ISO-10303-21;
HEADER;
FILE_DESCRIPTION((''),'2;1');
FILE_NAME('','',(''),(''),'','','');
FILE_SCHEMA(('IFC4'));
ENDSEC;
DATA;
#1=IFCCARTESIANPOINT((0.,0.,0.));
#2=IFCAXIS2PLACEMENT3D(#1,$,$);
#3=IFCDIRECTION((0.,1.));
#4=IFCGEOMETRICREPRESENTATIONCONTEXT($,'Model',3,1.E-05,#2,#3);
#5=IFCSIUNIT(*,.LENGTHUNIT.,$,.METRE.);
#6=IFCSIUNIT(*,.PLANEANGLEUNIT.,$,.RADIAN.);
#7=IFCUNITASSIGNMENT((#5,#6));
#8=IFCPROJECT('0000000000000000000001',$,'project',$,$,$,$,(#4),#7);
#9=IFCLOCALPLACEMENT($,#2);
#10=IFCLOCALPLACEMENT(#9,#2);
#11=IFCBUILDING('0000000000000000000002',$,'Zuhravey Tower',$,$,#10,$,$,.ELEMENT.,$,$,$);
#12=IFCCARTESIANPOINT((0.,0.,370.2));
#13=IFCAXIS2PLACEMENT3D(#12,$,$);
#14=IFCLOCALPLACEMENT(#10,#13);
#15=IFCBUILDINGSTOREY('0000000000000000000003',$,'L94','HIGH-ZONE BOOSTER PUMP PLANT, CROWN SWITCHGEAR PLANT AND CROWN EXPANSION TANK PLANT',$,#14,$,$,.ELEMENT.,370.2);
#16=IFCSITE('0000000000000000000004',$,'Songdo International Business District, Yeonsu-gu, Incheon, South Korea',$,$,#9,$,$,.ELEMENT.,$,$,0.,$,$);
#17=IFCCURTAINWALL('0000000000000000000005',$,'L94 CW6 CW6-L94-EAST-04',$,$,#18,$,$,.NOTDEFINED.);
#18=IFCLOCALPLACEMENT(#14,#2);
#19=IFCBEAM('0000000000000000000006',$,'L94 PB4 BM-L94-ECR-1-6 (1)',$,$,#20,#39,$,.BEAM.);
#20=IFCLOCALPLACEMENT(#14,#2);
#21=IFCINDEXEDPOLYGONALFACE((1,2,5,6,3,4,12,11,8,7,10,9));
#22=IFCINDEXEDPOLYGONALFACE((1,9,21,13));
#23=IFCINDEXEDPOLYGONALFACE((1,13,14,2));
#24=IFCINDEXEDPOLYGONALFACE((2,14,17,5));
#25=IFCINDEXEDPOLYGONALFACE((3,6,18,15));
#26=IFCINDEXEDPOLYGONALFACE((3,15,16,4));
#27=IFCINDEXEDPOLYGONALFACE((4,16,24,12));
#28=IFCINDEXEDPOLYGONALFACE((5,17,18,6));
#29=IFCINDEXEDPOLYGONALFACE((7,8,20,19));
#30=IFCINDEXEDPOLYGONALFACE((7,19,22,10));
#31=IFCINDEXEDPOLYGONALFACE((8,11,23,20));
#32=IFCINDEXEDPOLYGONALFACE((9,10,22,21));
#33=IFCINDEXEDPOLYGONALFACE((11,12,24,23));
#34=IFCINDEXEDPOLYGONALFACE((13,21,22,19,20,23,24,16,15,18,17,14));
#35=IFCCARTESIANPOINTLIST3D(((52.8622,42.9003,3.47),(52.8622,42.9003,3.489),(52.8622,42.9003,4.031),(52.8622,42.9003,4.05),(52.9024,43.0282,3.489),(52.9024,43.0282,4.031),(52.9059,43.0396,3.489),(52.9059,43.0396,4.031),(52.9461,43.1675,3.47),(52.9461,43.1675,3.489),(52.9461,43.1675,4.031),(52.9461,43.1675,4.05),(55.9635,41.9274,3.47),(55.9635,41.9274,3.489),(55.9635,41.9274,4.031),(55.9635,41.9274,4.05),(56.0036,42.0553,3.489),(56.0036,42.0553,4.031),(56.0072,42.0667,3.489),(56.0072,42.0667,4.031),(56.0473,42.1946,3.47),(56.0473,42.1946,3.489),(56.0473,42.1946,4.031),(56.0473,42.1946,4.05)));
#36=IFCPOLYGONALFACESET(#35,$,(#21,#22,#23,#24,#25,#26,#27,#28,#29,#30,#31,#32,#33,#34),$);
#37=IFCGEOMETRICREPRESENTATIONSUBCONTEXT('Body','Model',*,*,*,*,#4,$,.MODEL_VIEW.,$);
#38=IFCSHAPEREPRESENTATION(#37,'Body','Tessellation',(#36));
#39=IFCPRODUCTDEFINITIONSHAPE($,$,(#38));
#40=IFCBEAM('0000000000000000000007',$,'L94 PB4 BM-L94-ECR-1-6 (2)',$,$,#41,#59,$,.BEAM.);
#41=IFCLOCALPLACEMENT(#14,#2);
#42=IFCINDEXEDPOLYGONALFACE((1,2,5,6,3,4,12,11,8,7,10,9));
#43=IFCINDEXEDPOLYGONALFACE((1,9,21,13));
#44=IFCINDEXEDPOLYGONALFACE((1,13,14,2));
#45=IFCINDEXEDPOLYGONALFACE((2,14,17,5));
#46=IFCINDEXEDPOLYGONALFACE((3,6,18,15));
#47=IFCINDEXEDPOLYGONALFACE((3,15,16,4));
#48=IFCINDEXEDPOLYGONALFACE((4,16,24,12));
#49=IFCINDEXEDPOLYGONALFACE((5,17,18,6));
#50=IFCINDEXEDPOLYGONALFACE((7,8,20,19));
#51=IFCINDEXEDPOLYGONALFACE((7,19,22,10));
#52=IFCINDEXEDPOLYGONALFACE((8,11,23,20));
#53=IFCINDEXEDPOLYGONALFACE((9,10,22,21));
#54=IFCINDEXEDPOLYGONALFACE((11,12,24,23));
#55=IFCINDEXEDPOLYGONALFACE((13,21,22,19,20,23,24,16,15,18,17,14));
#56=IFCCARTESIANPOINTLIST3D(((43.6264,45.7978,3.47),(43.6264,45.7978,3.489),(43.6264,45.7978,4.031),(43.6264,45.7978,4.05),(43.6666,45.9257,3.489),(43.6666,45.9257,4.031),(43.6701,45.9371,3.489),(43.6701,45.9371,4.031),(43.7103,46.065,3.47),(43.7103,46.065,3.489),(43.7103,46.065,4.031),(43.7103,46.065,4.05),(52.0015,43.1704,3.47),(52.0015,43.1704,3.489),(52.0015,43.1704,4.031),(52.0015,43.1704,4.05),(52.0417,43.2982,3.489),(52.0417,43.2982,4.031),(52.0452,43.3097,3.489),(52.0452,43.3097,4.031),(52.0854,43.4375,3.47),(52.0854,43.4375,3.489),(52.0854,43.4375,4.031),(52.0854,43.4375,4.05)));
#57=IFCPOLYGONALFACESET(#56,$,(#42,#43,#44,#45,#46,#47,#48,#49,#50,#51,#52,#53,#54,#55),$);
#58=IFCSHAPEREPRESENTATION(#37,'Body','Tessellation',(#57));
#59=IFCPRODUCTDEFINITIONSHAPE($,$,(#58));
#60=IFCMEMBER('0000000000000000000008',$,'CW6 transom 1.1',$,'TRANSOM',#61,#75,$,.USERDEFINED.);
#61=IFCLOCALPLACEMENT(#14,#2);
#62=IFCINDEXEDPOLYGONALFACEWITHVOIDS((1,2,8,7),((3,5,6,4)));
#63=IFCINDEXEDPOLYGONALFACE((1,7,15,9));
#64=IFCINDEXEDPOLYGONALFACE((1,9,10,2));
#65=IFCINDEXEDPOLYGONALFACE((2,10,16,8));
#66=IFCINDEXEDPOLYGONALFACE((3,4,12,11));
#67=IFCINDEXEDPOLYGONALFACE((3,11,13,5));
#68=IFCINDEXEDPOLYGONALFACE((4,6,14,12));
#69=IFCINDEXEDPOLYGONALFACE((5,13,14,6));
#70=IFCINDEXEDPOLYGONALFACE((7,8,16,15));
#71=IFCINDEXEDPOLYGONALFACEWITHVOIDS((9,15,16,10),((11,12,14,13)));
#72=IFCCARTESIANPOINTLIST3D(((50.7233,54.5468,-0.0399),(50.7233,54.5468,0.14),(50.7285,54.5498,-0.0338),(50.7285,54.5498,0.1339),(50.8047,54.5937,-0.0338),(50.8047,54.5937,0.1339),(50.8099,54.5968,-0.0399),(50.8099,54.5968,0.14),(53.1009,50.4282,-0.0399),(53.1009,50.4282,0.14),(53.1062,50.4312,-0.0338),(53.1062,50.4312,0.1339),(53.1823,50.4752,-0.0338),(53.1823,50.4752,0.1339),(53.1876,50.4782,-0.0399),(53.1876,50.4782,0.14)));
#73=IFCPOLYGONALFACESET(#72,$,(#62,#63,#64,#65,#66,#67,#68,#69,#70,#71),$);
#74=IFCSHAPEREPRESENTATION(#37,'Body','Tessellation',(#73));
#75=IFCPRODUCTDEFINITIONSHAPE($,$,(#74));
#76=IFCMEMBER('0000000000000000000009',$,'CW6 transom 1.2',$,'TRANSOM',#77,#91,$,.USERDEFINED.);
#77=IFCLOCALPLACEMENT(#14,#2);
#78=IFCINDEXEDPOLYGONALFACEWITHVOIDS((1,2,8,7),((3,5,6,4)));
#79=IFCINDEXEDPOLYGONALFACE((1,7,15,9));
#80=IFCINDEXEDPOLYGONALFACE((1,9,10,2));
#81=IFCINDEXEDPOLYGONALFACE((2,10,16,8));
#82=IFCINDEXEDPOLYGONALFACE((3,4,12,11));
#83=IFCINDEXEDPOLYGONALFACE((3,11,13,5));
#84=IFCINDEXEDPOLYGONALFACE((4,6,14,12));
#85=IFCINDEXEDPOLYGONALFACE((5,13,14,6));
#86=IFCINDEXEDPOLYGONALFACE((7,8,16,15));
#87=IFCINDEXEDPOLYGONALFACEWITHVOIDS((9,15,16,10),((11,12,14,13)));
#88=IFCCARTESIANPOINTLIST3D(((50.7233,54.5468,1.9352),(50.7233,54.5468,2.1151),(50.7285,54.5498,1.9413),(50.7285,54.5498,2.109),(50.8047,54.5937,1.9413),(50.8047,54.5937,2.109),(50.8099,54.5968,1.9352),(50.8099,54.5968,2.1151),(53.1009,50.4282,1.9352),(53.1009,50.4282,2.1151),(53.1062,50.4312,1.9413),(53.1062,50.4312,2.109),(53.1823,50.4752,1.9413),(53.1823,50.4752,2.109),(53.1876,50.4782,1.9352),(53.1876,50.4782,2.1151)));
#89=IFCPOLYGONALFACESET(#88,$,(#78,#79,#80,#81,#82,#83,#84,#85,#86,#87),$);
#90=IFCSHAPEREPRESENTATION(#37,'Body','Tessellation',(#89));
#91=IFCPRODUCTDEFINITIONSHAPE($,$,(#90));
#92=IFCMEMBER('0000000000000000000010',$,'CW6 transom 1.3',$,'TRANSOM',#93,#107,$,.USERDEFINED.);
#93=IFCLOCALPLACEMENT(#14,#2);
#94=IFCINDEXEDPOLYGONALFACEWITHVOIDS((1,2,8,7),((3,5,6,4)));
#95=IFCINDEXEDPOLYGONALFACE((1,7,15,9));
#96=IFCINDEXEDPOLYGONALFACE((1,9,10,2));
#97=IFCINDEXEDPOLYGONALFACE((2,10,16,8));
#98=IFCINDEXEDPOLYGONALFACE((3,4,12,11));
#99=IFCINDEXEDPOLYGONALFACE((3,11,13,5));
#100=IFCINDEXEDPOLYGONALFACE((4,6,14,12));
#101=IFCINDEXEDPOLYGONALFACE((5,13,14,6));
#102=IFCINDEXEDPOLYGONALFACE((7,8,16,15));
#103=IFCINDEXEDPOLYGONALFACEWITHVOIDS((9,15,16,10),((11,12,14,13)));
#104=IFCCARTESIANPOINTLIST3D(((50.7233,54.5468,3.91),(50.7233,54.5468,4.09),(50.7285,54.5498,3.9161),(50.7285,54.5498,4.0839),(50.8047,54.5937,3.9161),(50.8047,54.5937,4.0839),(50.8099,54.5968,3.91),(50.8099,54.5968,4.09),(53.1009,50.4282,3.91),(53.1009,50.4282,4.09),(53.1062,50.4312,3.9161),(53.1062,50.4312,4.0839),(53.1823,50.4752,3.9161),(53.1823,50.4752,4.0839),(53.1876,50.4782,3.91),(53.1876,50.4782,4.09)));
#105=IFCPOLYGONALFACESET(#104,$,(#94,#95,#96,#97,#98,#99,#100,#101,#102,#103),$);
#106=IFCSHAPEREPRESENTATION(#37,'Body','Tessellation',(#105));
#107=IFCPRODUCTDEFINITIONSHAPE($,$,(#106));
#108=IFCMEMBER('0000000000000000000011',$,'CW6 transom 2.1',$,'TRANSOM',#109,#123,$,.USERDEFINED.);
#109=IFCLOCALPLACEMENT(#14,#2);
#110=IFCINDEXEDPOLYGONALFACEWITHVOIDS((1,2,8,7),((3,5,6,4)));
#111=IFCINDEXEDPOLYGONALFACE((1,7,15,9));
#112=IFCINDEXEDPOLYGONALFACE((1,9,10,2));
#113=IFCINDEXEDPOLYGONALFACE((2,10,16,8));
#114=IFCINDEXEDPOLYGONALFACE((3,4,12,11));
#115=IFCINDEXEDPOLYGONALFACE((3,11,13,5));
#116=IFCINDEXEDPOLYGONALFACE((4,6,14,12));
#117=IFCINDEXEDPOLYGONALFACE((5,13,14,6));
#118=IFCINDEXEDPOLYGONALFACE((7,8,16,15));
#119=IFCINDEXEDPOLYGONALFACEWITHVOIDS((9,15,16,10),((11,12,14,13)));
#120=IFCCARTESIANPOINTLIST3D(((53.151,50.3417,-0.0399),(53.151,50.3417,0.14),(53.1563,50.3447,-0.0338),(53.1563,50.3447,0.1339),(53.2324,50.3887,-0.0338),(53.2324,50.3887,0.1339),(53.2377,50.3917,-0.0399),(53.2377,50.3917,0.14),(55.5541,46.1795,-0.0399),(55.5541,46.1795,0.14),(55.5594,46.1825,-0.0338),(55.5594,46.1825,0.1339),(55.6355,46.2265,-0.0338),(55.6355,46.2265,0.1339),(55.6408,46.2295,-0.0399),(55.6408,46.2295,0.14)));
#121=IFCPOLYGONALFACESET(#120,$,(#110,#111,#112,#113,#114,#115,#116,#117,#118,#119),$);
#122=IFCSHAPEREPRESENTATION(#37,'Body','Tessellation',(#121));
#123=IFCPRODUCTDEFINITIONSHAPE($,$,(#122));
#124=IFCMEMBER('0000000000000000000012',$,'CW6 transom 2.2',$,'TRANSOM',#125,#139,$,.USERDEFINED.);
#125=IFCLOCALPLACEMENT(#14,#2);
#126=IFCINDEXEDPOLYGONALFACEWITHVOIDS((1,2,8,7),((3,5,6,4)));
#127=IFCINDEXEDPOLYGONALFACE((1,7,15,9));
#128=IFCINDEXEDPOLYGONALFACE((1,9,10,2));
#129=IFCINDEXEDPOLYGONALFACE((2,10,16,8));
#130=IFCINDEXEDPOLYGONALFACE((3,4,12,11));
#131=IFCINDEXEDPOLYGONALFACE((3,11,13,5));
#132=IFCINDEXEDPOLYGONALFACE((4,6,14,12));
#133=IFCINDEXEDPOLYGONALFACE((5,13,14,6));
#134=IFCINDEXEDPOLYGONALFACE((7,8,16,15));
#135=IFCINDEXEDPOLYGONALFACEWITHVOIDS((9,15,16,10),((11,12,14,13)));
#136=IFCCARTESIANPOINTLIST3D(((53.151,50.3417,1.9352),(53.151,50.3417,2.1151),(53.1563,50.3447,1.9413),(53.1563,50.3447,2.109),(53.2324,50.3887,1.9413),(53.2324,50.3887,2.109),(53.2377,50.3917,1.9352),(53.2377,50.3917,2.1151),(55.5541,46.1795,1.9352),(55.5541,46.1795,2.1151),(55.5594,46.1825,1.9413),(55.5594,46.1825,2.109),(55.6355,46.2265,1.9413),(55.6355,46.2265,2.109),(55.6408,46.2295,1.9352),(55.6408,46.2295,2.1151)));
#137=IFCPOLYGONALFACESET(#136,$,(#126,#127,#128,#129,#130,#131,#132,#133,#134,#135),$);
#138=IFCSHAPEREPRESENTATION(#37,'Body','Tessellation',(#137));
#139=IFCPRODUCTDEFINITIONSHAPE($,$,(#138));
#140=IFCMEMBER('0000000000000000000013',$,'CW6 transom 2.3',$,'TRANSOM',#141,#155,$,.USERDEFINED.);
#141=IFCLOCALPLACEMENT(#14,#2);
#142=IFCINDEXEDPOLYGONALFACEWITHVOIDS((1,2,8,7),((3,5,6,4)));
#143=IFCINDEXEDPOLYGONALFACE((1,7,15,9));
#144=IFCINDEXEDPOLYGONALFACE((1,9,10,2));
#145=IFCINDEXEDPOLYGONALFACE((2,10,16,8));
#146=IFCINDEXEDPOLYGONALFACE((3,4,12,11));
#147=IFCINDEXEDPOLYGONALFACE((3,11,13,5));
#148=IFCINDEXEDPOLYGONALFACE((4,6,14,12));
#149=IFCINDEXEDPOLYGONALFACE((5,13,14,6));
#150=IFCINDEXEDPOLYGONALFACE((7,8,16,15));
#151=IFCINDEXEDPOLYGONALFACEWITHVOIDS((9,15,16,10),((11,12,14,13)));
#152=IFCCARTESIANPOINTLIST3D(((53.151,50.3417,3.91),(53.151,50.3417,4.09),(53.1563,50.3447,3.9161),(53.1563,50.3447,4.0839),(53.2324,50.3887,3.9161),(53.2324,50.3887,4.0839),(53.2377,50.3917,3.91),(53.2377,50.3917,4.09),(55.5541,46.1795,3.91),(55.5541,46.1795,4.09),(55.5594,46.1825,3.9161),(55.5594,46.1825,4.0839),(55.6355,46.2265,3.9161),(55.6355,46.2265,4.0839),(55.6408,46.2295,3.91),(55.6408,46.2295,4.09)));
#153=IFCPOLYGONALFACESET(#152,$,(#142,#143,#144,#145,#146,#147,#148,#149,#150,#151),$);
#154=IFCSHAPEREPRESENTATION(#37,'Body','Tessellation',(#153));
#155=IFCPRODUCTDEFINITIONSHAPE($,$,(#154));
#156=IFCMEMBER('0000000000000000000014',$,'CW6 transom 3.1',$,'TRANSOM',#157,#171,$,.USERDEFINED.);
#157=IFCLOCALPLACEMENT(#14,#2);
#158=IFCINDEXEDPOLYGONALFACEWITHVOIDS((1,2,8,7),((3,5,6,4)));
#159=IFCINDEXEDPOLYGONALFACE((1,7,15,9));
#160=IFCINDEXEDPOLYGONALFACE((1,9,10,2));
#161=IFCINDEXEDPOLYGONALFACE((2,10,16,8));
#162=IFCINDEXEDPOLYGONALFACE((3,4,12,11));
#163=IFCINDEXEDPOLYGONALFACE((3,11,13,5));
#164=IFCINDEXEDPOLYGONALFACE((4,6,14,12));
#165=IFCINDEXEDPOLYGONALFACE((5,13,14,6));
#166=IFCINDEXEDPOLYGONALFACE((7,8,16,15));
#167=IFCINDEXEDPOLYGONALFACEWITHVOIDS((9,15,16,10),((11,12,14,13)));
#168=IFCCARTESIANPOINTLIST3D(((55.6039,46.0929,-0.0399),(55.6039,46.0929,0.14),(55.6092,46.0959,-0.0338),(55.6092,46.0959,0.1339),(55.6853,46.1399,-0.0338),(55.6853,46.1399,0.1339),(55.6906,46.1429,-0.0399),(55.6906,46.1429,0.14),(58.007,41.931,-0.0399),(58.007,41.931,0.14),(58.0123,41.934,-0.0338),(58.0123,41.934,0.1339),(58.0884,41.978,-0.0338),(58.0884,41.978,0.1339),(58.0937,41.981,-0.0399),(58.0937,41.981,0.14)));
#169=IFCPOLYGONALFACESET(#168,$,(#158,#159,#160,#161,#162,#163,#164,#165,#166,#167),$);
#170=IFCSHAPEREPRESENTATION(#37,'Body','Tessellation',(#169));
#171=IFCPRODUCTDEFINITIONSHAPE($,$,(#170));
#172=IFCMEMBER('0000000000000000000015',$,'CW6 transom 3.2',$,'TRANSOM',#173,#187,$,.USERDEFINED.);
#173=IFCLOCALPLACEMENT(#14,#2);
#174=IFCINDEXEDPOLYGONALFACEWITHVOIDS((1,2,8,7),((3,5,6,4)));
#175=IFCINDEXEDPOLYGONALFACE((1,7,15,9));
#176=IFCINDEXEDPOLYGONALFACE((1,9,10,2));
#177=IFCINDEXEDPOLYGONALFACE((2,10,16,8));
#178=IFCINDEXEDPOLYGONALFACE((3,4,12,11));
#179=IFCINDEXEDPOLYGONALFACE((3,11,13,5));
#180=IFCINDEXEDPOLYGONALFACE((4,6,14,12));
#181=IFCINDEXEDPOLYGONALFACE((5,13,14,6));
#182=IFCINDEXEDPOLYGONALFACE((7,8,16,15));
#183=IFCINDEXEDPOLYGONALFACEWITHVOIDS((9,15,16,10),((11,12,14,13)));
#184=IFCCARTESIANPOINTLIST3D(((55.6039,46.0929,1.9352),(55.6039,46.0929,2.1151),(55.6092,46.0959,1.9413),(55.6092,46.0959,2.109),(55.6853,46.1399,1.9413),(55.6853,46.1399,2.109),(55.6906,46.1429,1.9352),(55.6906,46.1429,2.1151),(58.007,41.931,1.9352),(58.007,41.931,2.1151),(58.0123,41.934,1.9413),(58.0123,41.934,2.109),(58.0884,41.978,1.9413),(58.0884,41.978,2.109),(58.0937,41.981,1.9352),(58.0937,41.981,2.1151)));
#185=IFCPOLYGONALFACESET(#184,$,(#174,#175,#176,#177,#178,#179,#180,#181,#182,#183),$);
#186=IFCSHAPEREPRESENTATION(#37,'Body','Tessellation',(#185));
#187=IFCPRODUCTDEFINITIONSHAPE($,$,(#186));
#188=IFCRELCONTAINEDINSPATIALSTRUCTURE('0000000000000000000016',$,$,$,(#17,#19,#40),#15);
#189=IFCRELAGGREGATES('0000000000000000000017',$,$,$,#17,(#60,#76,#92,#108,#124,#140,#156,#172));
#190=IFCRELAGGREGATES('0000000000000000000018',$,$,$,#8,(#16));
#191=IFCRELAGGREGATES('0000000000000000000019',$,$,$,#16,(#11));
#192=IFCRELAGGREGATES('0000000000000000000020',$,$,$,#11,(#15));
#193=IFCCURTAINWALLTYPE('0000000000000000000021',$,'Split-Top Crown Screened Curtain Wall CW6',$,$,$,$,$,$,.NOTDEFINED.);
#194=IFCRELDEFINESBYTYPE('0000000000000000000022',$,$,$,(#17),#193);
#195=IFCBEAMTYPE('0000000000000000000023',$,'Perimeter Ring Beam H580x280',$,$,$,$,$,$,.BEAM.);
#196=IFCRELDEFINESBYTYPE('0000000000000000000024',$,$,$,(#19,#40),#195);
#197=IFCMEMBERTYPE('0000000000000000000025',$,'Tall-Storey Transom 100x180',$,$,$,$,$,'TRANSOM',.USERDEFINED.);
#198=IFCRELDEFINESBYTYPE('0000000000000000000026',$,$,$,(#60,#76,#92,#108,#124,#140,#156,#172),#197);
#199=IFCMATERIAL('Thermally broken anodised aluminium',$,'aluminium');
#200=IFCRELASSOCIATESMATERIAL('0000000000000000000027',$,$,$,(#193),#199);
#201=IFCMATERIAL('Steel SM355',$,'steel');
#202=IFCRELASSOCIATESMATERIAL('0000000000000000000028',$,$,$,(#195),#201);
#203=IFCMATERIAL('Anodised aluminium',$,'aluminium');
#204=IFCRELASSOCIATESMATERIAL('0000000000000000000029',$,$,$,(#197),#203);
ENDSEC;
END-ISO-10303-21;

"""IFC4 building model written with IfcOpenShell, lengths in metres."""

from ifc_helpers import new_model, si_unit, direction, frame, origin, origin_2d, place, context, subcontext, project, spatial, hollow_rectangle, i_section, extrude, material, material_profile, profile_set, type_object, element, aggregate, save


model = new_model("IFC4")

# Units and contexts
model_context = context("Model", 3, precision=1e-05, world=origin(), true_north=direction((0.0, 1.0)))
body_context = subcontext(model_context, "Body", "Model", "MODEL_VIEW")
ifc_project = project(units=[si_unit("LENGTHUNIT", "METRE"), si_unit("PLANEANGLEUNIT", "RADIAN")], contexts=[model_context])

# Site, building, storey
site_placement = place(None, origin())
site = spatial("IfcSite", under=ifc_project, at=site_placement, Name="Songdo International Business District, Yeonsu-gu, Incheon, South Korea", CompositionType="ELEMENT", RefElevation=0.0)
building_placement = place(site_placement, origin())
building = spatial("IfcBuilding", under=site, at=building_placement, Name="Zuhravey Tower", CompositionType="ELEMENT")
storey_placement = place(building_placement, frame((0.0, 0.0, 370.2)))
storey = spatial("IfcBuildingStorey", under=building, at=storey_placement, Name="L94", Description="HIGH-ZONE BOOSTER PUMP PLANT, CROWN SWITCHGEAR PLANT AND CROWN EXPANSION TANK PLANT", CompositionType="ELEMENT", Elevation=370.2)

# Shared definitions
ifc_material_1 = material(Name="Steel SM355", Category="steel")

# Curtain wall
ifc_material_2 = material(Name="Thermally broken anodised aluminium", Category="aluminium")
curtain_wall_type = type_object("IfcCurtainWallType", Name="Split-Top Crown Screened Curtain Wall CW6", PredefinedType="NOTDEFINED", material=ifc_material_2)
curtain_wall_placement = place(storey_placement, origin())
curtain_wall = element("IfcCurtainWall", 1, at=curtain_wall_placement, inside=storey, type_object=curtain_wall_type, Name="L94 CW6 CW6-L94-EAST-04", PredefinedType="NOTDEFINED")
ifc_material_3 = material(Name="Anodised aluminium", Category="aluminium")

# Beams
ifc_material_profile_1 = material_profile(ifc_material_1, i_section(OverallWidth=0.28, OverallDepth=0.5801, WebThickness=0.012, FlangeThickness=0.019, at=origin_2d()), Name="H-580x280x12x19")
ifc_profile_set_1 = profile_set([ifc_material_profile_1], Name="Steel SM355")
beam_type = type_object("IfcBeamType", Name="Perimeter Ring Beam H580x280", PredefinedType="BEAM", material=ifc_profile_set_1)
beam_1_placement = place(storey_placement, frame((56.0054, 42.061, 3.76), z_axis=(-0.954152, 0.299323, 0.0), x_axis=(-0.299323, -0.954152, 0.0)))
element("IfcBeam", 2, at=beam_1_placement, inside=storey, type_object=beam_type, Name="L94 PB4 BM-L94-ECR-1-6 (1)", PredefinedType="BEAM", context=body_context, shape_type="SweptSolid", body=[
    extrude(i_section(OverallWidth=0.28, OverallDepth=0.5801, WebThickness=0.012, FlangeThickness=0.019, at=origin_2d()), origin(), (0.0, 0.0, 1.0), 3.2502),
])
beam_2_placement = place(storey_placement, frame((52.0435, 43.304, 3.76), z_axis=(-0.954147, 0.299339, 0.0), x_axis=(-0.299339, -0.954147, 0.0)))
element("IfcBeam", 3, at=beam_2_placement, inside=storey, type_object=beam_type, Name="L94 PB4 BM-L94-ECR-1-6 (2)", PredefinedType="BEAM", context=body_context, shape_type="SweptSolid", body=[
    extrude(i_section(OverallWidth=0.28, OverallDepth=0.5801, WebThickness=0.012, FlangeThickness=0.019, at=origin_2d()), origin(), (0.0, 0.0, 1.0), 8.7776),
])

# Members
ifc_material_profile_2 = material_profile(ifc_material_3, hollow_rectangle(XDim=0.1001, YDim=0.1799, WallThickness=0.0061, at=origin_2d()), Name="ALU-RHS-100x180x6")
ifc_profile_set_2 = profile_set([ifc_material_profile_2], Name="Anodised aluminium")
member_type_1 = type_object("IfcMemberType", Name="Tall-Storey Transom 100x180", ElementType="TRANSOM", PredefinedType="USERDEFINED", material=ifc_profile_set_2)
member_1_placement = place(storey_placement, frame((50.7666, 54.5718, 0.05), z_axis=(0.499965, -0.866045, 0.0), x_axis=(0.866045, 0.499965, 0.0)))
member_1 = element("IfcMember", 4, at=member_1_placement, type_object=member_type_1, Name="CW6 transom 1.1", ObjectType="TRANSOM", PredefinedType="USERDEFINED", context=body_context, shape_type="SweptSolid", body=[
    extrude(hollow_rectangle(XDim=0.1001, YDim=0.1799, WallThickness=0.0061, at=origin_2d()), origin(), (0.0, 0.0, 1.0), 4.7556),
])
member_2_placement = place(storey_placement, frame((50.7666, 54.5718, 2.0251), z_axis=(0.499965, -0.866045, 0.0), x_axis=(0.866045, 0.499965, 0.0)))
member_2 = element("IfcMember", 5, at=member_2_placement, type_object=member_type_1, Name="CW6 transom 1.2", ObjectType="TRANSOM", PredefinedType="USERDEFINED", context=body_context, shape_type="SweptSolid", body=[
    extrude(hollow_rectangle(XDim=0.1001, YDim=0.1799, WallThickness=0.0061, at=origin_2d()), origin(), (0.0, 0.0, 1.0), 4.7556),
])
member_3_placement = place(storey_placement, frame((50.7666, 54.5718, 4.0), z_axis=(0.499965, -0.866045, 0.0), x_axis=(0.866045, 0.499965, 0.0)))
member_3 = element("IfcMember", 6, at=member_3_placement, type_object=member_type_1, Name="CW6 transom 1.3", ObjectType="TRANSOM", PredefinedType="USERDEFINED", context=body_context, shape_type="SweptSolid", body=[
    extrude(hollow_rectangle(XDim=0.1001, YDim=0.1799, WallThickness=0.0061, at=origin_2d()), origin(), (0.0, 0.0, 1.0), 4.7556),
])
member_4_placement = place(storey_placement, frame((53.1943, 50.3667, 0.05), z_axis=(0.500013, -0.866018, 0.0), x_axis=(0.866018, 0.500013, 0.0)))
member_4 = element("IfcMember", 7, at=member_4_placement, type_object=member_type_1, Name="CW6 transom 2.1", ObjectType="TRANSOM", PredefinedType="USERDEFINED", context=body_context, shape_type="SweptSolid", body=[
    extrude(hollow_rectangle(XDim=0.1001, YDim=0.1799, WallThickness=0.0061, at=origin_2d()), origin(), (0.0, 0.0, 1.0), 4.8062),
])
member_5_placement = place(storey_placement, frame((53.1943, 50.3667, 2.0251), z_axis=(0.500013, -0.866018, 0.0), x_axis=(0.866018, 0.500013, 0.0)))
member_5 = element("IfcMember", 8, at=member_5_placement, type_object=member_type_1, Name="CW6 transom 2.2", ObjectType="TRANSOM", PredefinedType="USERDEFINED", context=body_context, shape_type="SweptSolid", body=[
    extrude(hollow_rectangle(XDim=0.1001, YDim=0.1799, WallThickness=0.0061, at=origin_2d()), origin(), (0.0, 0.0, 1.0), 4.8062),
])
member_6_placement = place(storey_placement, frame((53.1943, 50.3667, 4.0), z_axis=(0.500013, -0.866018, 0.0), x_axis=(0.866018, 0.500013, 0.0)))
member_6 = element("IfcMember", 9, at=member_6_placement, type_object=member_type_1, Name="CW6 transom 2.3", ObjectType="TRANSOM", PredefinedType="USERDEFINED", context=body_context, shape_type="SweptSolid", body=[
    extrude(hollow_rectangle(XDim=0.1001, YDim=0.1799, WallThickness=0.0061, at=origin_2d()), origin(), (0.0, 0.0, 1.0), 4.8062),
])
member_7_placement = place(storey_placement, frame((55.6472, 46.1179, 0.05), z_axis=(0.500035, -0.866005, 0.0), x_axis=(0.866005, 0.500035, 0.0)))
member_7 = element("IfcMember", 10, at=member_7_placement, type_object=member_type_1, Name="CW6 transom 3.1", ObjectType="TRANSOM", PredefinedType="USERDEFINED", context=body_context, shape_type="SweptSolid", body=[
    extrude(hollow_rectangle(XDim=0.1001, YDim=0.1799, WallThickness=0.0061, at=origin_2d()), origin(), (0.0, 0.0, 1.0), 4.8059),
])
member_8_placement = place(storey_placement, frame((55.6472, 46.1179, 2.0251), z_axis=(0.500035, -0.866005, 0.0), x_axis=(0.866005, 0.500035, 0.0)))
member_8 = element("IfcMember", 11, at=member_8_placement, type_object=member_type_1, Name="CW6 transom 3.2", ObjectType="TRANSOM", PredefinedType="USERDEFINED", context=body_context, shape_type="SweptSolid", body=[
    extrude(hollow_rectangle(XDim=0.1001, YDim=0.1799, WallThickness=0.0061, at=origin_2d()), origin(), (0.0, 0.0, 1.0), 4.8059),
])

aggregate(curtain_wall, [member_1, member_2, member_3, member_4, member_5, member_6, member_7, member_8])

save(model, "model.ifc")
